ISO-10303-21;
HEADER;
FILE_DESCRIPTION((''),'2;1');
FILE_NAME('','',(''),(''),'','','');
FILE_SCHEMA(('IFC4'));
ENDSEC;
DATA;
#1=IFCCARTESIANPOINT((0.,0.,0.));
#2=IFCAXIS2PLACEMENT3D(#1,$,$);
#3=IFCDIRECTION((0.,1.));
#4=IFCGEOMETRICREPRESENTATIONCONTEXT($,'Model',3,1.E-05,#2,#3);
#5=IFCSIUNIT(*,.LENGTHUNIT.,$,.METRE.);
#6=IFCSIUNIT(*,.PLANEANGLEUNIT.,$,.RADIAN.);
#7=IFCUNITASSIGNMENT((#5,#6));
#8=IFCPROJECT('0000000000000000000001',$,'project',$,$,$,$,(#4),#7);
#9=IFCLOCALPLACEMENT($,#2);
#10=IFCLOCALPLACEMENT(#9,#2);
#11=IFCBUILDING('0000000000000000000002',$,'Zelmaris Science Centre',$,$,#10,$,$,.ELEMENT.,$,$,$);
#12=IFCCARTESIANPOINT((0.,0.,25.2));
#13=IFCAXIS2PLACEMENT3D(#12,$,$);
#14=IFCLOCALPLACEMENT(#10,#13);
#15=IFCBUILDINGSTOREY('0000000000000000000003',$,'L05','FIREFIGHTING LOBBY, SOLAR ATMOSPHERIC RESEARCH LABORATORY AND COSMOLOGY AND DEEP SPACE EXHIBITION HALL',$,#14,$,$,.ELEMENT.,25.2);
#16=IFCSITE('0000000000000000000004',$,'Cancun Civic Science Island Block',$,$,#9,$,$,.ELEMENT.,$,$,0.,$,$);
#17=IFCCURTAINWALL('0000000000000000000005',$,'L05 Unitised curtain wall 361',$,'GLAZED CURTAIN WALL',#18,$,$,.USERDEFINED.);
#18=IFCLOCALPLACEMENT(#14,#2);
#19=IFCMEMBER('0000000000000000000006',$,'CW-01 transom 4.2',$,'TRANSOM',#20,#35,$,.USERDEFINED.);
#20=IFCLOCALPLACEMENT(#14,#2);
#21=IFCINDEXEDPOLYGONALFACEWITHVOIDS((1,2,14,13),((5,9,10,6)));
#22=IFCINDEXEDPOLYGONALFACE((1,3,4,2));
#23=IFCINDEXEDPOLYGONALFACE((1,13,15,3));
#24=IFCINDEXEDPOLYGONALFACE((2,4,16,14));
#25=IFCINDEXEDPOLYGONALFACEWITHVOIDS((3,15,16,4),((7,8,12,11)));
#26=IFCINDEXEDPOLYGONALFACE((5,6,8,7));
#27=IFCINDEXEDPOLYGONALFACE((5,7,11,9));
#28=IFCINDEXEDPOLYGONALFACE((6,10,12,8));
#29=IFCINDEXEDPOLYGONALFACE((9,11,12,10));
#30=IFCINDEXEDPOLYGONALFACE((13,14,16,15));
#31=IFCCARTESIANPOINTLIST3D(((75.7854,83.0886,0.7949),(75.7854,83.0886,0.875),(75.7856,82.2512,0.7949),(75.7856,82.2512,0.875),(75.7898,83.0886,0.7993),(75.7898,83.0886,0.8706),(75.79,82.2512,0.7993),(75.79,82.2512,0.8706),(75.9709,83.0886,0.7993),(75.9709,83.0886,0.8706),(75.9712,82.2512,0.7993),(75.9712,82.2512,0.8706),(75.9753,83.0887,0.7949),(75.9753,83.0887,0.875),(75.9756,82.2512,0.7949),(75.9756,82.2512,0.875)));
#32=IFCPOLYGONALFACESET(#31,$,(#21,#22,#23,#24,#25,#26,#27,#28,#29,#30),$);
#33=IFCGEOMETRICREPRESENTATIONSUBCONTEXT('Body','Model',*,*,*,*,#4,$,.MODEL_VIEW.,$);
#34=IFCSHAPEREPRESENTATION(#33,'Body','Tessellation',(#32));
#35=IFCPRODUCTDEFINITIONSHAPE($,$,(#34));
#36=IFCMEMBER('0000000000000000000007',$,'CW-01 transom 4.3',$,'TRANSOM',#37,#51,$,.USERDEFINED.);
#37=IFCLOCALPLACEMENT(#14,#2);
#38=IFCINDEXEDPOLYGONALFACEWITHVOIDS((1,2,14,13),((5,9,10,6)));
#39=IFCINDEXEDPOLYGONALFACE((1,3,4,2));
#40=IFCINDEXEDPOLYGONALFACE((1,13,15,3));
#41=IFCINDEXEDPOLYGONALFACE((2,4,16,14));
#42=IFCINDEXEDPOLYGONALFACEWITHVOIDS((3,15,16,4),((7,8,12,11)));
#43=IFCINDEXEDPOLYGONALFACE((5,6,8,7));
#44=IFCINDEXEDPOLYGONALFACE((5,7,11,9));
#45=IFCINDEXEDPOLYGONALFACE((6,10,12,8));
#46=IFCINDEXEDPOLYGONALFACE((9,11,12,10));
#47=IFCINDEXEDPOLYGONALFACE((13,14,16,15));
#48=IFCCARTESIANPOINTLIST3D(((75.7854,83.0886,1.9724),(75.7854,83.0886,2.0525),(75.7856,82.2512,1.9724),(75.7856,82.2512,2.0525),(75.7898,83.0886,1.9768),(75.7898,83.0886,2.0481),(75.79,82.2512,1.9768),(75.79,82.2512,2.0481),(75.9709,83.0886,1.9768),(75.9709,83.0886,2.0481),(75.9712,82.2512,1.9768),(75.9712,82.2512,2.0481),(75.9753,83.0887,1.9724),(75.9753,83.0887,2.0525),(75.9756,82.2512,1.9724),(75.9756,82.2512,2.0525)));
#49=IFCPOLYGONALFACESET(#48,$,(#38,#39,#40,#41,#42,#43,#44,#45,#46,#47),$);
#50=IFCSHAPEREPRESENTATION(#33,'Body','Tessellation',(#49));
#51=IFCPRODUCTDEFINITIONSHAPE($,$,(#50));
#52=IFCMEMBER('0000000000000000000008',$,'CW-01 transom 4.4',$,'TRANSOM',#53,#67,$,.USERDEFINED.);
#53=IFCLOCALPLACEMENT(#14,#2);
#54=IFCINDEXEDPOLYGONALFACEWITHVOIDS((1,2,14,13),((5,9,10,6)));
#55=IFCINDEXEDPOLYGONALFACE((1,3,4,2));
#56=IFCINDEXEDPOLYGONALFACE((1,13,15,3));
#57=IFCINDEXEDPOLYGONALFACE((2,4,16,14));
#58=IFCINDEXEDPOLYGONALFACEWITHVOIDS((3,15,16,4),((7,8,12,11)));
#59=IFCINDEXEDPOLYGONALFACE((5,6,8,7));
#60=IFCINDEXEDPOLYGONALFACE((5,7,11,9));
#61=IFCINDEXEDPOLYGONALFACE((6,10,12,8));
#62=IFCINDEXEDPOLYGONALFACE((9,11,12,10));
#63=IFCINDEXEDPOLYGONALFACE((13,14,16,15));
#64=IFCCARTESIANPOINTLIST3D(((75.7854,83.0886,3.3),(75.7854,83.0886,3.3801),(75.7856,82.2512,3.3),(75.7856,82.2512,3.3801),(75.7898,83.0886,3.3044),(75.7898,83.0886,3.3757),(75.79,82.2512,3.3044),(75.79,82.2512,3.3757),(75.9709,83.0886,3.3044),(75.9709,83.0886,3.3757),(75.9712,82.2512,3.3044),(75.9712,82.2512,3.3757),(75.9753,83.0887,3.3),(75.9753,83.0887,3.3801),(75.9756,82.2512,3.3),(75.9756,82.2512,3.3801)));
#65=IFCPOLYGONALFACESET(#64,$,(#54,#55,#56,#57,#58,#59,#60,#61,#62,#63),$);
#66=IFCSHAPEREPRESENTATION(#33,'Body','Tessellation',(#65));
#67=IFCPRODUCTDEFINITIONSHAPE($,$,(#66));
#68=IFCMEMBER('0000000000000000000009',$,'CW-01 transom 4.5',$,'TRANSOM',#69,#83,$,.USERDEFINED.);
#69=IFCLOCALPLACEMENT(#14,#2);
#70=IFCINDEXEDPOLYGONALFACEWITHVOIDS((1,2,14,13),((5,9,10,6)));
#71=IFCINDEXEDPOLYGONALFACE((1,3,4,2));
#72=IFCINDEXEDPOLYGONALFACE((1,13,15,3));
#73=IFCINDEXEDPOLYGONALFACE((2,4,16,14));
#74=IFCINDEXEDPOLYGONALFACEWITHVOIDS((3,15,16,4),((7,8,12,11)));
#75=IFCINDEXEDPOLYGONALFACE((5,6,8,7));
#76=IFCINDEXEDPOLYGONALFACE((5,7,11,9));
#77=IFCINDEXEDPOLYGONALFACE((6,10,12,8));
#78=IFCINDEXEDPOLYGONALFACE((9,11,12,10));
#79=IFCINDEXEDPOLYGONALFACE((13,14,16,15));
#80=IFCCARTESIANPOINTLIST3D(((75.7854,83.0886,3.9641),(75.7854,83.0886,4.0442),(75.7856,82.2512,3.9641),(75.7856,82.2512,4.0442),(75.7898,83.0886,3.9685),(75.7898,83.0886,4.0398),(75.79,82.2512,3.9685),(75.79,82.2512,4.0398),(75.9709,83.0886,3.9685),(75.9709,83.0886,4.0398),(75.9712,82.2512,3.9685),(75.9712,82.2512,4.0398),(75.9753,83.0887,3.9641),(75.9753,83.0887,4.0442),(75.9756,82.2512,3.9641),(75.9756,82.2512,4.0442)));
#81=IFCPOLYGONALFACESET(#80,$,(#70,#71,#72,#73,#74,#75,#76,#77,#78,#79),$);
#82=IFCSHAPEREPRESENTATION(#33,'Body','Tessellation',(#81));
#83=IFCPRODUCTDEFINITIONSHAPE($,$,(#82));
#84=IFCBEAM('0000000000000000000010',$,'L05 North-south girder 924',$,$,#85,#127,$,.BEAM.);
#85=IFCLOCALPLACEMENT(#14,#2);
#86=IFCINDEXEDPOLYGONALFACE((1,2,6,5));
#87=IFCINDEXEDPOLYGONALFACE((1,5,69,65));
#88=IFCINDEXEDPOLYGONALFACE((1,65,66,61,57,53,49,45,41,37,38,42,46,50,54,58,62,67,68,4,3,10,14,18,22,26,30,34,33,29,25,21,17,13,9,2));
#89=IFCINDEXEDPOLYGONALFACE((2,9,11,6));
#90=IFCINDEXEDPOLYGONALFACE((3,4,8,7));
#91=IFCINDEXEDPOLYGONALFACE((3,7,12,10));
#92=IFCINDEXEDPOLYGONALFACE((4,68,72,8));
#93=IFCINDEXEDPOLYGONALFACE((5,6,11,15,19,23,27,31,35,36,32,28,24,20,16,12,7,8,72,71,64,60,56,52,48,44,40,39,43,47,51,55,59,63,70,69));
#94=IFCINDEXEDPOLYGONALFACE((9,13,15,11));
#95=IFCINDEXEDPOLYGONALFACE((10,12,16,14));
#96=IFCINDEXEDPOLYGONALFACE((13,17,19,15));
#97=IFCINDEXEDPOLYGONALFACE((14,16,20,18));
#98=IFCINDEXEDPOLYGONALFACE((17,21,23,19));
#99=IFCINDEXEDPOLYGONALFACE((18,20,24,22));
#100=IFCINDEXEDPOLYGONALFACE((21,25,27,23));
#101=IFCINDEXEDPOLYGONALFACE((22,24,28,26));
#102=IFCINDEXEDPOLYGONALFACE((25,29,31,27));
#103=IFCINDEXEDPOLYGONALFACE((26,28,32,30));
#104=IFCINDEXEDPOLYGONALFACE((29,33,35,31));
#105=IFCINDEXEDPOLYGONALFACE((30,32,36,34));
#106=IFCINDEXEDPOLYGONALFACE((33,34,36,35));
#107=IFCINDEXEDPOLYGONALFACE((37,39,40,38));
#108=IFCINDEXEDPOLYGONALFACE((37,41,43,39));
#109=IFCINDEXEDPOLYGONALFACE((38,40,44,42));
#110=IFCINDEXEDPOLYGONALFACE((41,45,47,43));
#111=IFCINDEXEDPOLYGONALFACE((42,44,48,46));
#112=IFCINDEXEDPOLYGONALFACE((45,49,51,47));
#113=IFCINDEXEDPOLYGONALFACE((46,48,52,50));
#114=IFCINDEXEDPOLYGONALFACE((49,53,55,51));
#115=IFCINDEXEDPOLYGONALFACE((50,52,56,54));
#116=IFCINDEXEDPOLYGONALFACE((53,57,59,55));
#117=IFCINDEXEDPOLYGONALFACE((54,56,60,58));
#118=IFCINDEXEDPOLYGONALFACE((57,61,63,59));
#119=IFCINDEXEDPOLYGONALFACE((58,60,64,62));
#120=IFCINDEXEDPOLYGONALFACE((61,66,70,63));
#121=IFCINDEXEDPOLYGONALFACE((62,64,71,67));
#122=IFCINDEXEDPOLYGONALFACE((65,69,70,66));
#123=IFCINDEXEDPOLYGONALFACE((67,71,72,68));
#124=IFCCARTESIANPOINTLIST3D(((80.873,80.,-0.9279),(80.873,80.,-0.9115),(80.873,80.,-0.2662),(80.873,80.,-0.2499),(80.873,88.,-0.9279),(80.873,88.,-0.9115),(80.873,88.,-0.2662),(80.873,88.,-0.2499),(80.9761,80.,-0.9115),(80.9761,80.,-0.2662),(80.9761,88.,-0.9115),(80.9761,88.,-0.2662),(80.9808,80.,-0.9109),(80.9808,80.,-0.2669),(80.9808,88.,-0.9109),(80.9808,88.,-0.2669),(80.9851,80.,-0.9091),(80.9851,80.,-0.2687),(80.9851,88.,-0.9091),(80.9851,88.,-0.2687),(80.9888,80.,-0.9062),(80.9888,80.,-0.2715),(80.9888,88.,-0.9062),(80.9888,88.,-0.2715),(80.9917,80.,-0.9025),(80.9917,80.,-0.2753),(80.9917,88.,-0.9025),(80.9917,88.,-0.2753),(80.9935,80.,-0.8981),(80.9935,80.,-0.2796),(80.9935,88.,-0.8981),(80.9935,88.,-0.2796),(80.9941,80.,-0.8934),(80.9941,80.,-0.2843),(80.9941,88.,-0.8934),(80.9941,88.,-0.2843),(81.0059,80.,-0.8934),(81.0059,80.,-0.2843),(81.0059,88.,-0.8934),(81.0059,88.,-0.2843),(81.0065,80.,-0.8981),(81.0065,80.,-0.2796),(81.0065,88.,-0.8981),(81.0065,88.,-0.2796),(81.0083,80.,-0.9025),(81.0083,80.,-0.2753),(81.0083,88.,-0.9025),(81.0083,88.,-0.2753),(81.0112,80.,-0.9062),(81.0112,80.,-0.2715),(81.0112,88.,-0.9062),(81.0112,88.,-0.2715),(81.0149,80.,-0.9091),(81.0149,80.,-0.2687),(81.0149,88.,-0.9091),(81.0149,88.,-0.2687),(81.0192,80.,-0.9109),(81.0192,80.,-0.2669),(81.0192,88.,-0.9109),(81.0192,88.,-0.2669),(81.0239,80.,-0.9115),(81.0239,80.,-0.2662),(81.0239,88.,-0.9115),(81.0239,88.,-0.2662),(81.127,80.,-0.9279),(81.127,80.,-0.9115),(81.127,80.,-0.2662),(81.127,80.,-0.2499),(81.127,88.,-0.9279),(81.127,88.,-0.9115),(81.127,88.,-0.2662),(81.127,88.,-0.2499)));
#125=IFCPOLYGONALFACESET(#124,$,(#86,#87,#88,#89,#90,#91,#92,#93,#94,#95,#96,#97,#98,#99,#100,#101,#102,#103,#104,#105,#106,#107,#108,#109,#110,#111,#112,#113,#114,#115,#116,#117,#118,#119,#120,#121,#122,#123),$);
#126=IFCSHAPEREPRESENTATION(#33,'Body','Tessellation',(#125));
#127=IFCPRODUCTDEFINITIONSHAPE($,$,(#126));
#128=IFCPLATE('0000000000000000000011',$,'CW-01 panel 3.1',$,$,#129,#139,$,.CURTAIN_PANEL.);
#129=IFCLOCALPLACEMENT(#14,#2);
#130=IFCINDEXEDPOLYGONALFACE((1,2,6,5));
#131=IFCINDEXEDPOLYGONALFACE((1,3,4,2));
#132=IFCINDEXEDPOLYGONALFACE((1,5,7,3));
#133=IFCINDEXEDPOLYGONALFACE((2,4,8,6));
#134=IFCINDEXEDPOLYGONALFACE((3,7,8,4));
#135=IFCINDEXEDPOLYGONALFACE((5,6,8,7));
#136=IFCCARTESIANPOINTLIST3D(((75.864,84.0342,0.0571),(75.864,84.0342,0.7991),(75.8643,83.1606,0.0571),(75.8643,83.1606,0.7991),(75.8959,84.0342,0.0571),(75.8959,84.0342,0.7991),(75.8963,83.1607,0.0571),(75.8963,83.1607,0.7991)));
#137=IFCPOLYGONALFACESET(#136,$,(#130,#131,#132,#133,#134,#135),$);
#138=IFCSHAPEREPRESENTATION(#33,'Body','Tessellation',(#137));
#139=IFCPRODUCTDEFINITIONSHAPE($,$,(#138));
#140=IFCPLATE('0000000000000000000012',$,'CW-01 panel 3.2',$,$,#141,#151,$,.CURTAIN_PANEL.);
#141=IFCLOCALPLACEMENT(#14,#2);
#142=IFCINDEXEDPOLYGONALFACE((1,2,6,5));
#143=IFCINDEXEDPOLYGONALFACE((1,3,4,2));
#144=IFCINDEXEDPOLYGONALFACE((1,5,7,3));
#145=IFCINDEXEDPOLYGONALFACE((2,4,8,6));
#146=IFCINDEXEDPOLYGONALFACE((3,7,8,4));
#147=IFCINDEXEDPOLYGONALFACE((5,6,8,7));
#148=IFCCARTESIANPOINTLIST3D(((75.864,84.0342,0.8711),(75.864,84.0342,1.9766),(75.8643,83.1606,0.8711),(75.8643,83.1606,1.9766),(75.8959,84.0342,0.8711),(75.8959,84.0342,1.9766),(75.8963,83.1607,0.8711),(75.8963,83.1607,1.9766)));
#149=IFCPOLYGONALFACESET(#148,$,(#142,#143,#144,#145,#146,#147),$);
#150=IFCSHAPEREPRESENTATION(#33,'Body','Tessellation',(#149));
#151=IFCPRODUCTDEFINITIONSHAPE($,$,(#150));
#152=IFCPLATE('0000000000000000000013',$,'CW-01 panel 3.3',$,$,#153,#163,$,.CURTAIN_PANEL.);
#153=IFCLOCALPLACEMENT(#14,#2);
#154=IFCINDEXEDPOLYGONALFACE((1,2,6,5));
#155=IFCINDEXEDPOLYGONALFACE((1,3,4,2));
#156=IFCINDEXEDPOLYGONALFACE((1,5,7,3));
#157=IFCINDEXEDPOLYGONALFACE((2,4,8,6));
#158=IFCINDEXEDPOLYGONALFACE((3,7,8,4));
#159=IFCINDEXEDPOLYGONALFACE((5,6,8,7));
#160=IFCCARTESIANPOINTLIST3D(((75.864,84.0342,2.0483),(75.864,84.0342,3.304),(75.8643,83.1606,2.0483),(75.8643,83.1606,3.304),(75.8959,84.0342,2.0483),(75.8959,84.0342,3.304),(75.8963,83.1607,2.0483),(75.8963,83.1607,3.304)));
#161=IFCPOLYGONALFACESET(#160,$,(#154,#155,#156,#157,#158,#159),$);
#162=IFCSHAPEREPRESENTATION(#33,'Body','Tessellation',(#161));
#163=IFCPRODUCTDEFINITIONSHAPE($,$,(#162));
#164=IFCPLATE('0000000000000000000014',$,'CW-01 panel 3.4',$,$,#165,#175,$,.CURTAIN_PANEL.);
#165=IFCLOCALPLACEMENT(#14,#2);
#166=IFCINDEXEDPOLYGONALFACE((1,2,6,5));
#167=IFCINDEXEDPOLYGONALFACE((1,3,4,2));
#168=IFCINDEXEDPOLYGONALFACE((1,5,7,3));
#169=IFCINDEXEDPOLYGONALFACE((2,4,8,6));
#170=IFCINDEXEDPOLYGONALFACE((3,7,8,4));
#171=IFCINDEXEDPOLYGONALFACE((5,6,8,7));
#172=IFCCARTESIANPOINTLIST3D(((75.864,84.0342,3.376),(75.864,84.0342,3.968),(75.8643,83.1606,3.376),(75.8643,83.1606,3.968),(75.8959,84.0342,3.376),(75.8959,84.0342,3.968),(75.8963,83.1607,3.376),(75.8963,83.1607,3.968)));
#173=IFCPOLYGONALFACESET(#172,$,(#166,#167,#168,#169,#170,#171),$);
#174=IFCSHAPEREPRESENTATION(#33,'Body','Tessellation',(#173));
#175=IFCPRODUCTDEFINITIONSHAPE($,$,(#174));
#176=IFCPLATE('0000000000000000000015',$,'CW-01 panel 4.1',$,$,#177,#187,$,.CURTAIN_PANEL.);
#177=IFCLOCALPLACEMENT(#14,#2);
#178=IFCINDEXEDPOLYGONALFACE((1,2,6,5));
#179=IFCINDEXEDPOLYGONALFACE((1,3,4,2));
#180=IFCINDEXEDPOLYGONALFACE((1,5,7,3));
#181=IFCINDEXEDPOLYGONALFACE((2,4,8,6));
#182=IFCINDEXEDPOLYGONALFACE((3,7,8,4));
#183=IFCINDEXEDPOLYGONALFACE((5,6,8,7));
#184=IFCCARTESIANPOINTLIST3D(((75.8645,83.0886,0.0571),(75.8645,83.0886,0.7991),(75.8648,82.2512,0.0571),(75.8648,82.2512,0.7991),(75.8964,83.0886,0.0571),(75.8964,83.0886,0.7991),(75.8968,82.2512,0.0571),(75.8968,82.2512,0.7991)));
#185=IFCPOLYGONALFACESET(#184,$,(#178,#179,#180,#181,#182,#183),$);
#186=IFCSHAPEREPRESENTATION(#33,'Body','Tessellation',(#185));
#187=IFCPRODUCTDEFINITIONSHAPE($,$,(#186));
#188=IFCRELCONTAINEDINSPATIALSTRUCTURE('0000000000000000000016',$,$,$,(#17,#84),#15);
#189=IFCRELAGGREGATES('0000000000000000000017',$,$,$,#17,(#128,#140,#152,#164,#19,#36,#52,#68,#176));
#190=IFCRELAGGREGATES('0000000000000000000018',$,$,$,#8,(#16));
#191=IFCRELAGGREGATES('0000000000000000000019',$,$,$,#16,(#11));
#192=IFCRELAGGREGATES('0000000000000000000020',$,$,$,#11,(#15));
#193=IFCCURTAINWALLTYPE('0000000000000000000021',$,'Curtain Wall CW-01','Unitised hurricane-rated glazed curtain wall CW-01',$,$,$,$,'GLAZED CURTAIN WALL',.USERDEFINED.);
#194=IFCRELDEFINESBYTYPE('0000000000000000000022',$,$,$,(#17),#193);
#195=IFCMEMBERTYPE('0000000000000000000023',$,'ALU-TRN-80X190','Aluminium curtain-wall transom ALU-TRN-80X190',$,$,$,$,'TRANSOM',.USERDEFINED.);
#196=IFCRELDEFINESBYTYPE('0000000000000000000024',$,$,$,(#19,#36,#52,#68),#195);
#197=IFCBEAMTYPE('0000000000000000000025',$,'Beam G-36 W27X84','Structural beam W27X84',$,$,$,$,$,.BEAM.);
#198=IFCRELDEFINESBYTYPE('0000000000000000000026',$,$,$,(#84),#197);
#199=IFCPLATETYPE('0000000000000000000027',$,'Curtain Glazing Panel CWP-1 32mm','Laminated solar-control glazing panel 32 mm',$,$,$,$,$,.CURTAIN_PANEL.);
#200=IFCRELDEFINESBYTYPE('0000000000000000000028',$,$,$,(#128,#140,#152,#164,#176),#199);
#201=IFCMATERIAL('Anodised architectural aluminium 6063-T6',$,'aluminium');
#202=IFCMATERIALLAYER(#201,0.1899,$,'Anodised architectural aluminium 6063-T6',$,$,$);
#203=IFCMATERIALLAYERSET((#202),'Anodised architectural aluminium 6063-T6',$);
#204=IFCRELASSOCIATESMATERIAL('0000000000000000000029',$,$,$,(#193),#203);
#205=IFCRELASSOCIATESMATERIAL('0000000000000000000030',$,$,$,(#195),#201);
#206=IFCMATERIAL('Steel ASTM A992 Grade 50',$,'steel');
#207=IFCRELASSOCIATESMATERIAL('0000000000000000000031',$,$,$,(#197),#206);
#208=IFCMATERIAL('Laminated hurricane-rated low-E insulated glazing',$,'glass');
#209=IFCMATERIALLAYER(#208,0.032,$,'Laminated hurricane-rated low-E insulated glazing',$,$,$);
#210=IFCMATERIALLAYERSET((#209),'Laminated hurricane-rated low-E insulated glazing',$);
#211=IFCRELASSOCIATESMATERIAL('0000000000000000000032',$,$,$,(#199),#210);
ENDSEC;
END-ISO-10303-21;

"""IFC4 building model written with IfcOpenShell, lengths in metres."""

from ifc_helpers import new_model, si_unit, direction, frame, origin, origin_2d, place, context, subcontext, project, spatial, rectangle, hollow_rectangle, i_section, extrude, material, layer, layer_set, material_profile, profile_set, type_object, element, aggregate, save


model = new_model("IFC4")

# Units and contexts
model_context = context("Model", 3, precision=1e-05, world=origin(), true_north=direction((0.0, 1.0)))
body_context = subcontext(model_context, "Body", "Model", "MODEL_VIEW")
ifc_project = project(units=[si_unit("LENGTHUNIT", "METRE"), si_unit("PLANEANGLEUNIT", "RADIAN")], contexts=[model_context])

# Site, building, storey
site_placement = place(None, origin())
site = spatial("IfcSite", under=ifc_project, at=site_placement, Name="Cancun Civic Science Island Block", CompositionType="ELEMENT", RefElevation=0.0)
building_placement = place(site_placement, origin())
building = spatial("IfcBuilding", under=site, at=building_placement, Name="Zelmaris Science Centre", CompositionType="ELEMENT")
storey_placement = place(building_placement, frame((0.0, 0.0, 25.2)))
storey = spatial("IfcBuildingStorey", under=building, at=storey_placement, Name="L05", Description="FIREFIGHTING LOBBY, SOLAR ATMOSPHERIC RESEARCH LABORATORY AND COSMOLOGY AND DEEP SPACE EXHIBITION HALL", CompositionType="ELEMENT", Elevation=25.2)

# Curtain wall
ifc_material_1 = material(Name="Anodised architectural aluminium 6063-T6", Category="aluminium")
ifc_layer_1 = layer(ifc_material_1, 0.1899, Name="Anodised architectural aluminium 6063-T6")
ifc_layer_set_1 = layer_set([ifc_layer_1], Name="Anodised architectural aluminium 6063-T6")
curtain_wall_type_1 = type_object("IfcCurtainWallType", Name="Curtain Wall CW-01", Description="Unitised hurricane-rated glazed curtain wall CW-01", ElementType="GLAZED CURTAIN WALL", PredefinedType="USERDEFINED", material=ifc_layer_set_1)
curtain_wall_1_placement = place(storey_placement, origin())
curtain_wall_1 = element("IfcCurtainWall", 1, at=curtain_wall_1_placement, inside=storey, type_object=curtain_wall_type_1, Name="L05 Unitised curtain wall 361", ObjectType="GLAZED CURTAIN WALL", PredefinedType="USERDEFINED")

# Members
ifc_material_profile_1 = material_profile(ifc_material_1, hollow_rectangle(XDim=0.0801, YDim=0.1899, WallThickness=0.0044, at=origin_2d()), Name="ALU-TRN-80X190")
ifc_profile_set_1 = profile_set([ifc_material_profile_1], Name="Anodised architectural aluminium 6063-T6")
member_type_1 = type_object("IfcMemberType", Name="ALU-TRN-80X190", Description="Aluminium curtain-wall transom ALU-TRN-80X190", ElementType="TRANSOM", PredefinedType="USERDEFINED", material=ifc_profile_set_1)
member_1_placement = place(storey_placement, frame((75.8804, 83.0886, 0.835), z_axis=(0.000292, -1.0, 0.0), x_axis=(0.0, 0.0, 1.0)))
member_1 = element("IfcMember", 2, at=member_1_placement, type_object=member_type_1, Name="CW-01 transom 4.2", ObjectType="TRANSOM", PredefinedType="USERDEFINED", context=body_context, shape_type="SweptSolid", body=[
    extrude(hollow_rectangle(XDim=0.0801, YDim=0.1899, WallThickness=0.0044, at=origin_2d()), origin(), (0.0, 0.0, 1.0), 0.8374),
])
member_2_placement = place(storey_placement, frame((75.8804, 83.0886, 2.0125), z_axis=(0.000292, -1.0, 0.0), x_axis=(0.0, 0.0, 1.0)))
member_2 = element("IfcMember", 3, at=member_2_placement, type_object=member_type_1, Name="CW-01 transom 4.3", ObjectType="TRANSOM", PredefinedType="USERDEFINED", context=body_context, shape_type="SweptSolid", body=[
    extrude(hollow_rectangle(XDim=0.0801, YDim=0.1899, WallThickness=0.0044, at=origin_2d()), origin(), (0.0, 0.0, 1.0), 0.8374),
])
member_3_placement = place(storey_placement, frame((75.8804, 83.0886, 3.3401), z_axis=(0.000292, -1.0, 0.0), x_axis=(0.0, 0.0, 1.0)))
member_3 = element("IfcMember", 4, at=member_3_placement, type_object=member_type_1, Name="CW-01 transom 4.4", ObjectType="TRANSOM", PredefinedType="USERDEFINED", context=body_context, shape_type="SweptSolid", body=[
    extrude(hollow_rectangle(XDim=0.0801, YDim=0.1899, WallThickness=0.0044, at=origin_2d()), origin(), (0.0, 0.0, 1.0), 0.8374),
])
member_4_placement = place(storey_placement, frame((75.8804, 83.0886, 4.0042), z_axis=(0.000292, -1.0, 0.0), x_axis=(0.0, 0.0, 1.0)))
member_4 = element("IfcMember", 5, at=member_4_placement, type_object=member_type_1, Name="CW-01 transom 4.5", ObjectType="TRANSOM", PredefinedType="USERDEFINED", context=body_context, shape_type="SweptSolid", body=[
    extrude(hollow_rectangle(XDim=0.0801, YDim=0.1899, WallThickness=0.0044, at=origin_2d()), origin(), (0.0, 0.0, 1.0), 0.8374),
])

# Beam
ifc_material_2 = material(Name="Steel ASTM A992 Grade 50", Category="steel")
ifc_material_profile_2 = material_profile(ifc_material_2, i_section(OverallWidth=0.2539, OverallDepth=0.678, WebThickness=0.0117, FlangeThickness=0.0164, FilletRadius=0.0181, at=origin_2d()), Name="W27X84")
ifc_profile_set_2 = profile_set([ifc_material_profile_2], Name="Steel ASTM A992 Grade 50")
beam_type = type_object("IfcBeamType", Name="Beam G-36 W27X84", Description="Structural beam W27X84", PredefinedType="BEAM", material=ifc_profile_set_2)
beam_placement = place(storey_placement, frame((81.0, 80.0, -0.5889), z_axis=(0.0, 1.0, 0.0), x_axis=(-1.0, 0.0, 0.0)))
element("IfcBeam", 6, at=beam_placement, inside=storey, type_object=beam_type, Name="L05 North-south girder 924", PredefinedType="BEAM", context=body_context, shape_type="SweptSolid", body=[
    extrude(i_section(OverallWidth=0.2539, OverallDepth=0.678, WebThickness=0.0117, FlangeThickness=0.0164, FilletRadius=0.0181, at=origin_2d()), origin(), (0.0, 0.0, 1.0), 8.0),
])

# Plates
ifc_material_3 = material(Name="Laminated hurricane-rated low-E insulated glazing", Category="glass")
ifc_layer_2 = layer(ifc_material_3, 0.032, Name="Laminated hurricane-rated low-E insulated glazing")
ifc_layer_set_2 = layer_set([ifc_layer_2], Name="Laminated hurricane-rated low-E insulated glazing")
plate_type_1 = type_object("IfcPlateType", Name="Curtain Glazing Panel CWP-1 32mm", Description="Laminated solar-control glazing panel 32 mm", PredefinedType="CURTAIN_PANEL", material=ifc_layer_set_2)
plate_1_placement = place(storey_placement, frame((75.8801, 83.5974, 0.0571), z_axis=(0.0, 0.0, 1.0), x_axis=(0.000397, -1.0, 0.0)))
plate_1 = element("IfcPlate", 7, at=plate_1_placement, type_object=plate_type_1, Name="CW-01 panel 3.1", PredefinedType="CURTAIN_PANEL", context=body_context, shape_type="SweptSolid", body=[
    extrude(rectangle(XDim=0.8735, YDim=0.032, at=origin_2d()), origin(), (0.0, 0.0, 1.0), 0.7419),
])
plate_2_placement = place(storey_placement, frame((75.8801, 83.5974, 0.8711), z_axis=(0.0, 0.0, 1.0), x_axis=(0.000397, -1.0, 0.0)))
plate_2 = element("IfcPlate", 8, at=plate_2_placement, type_object=plate_type_1, Name="CW-01 panel 3.2", PredefinedType="CURTAIN_PANEL", context=body_context, shape_type="SweptSolid", body=[
    extrude(rectangle(XDim=0.8735, YDim=0.032, at=origin_2d()), origin(), (0.0, 0.0, 1.0), 1.1055),
])
plate_3_placement = place(storey_placement, frame((75.8801, 83.5974, 2.0483), z_axis=(0.0, 0.0, 1.0), x_axis=(0.000397, -1.0, 0.0)))
plate_3 = element("IfcPlate", 9, at=plate_3_placement, type_object=plate_type_1, Name="CW-01 panel 3.3", PredefinedType="CURTAIN_PANEL", context=body_context, shape_type="SweptSolid", body=[
    extrude(rectangle(XDim=0.8735, YDim=0.032, at=origin_2d()), origin(), (0.0, 0.0, 1.0), 1.2556),
])
plate_4_placement = place(storey_placement, frame((75.8801, 83.5974, 3.376), z_axis=(0.0, 0.0, 1.0), x_axis=(0.000397, -1.0, 0.0)))
plate_4 = element("IfcPlate", 10, at=plate_4_placement, type_object=plate_type_1, Name="CW-01 panel 3.4", PredefinedType="CURTAIN_PANEL", context=body_context, shape_type="SweptSolid", body=[
    extrude(rectangle(XDim=0.8735, YDim=0.032, at=origin_2d()), origin(), (0.0, 0.0, 1.0), 0.592),
])
plate_5_placement = place(storey_placement, frame((75.8806, 82.6699, 0.0571), z_axis=(0.0, 0.0, 1.0), x_axis=(0.000397, -1.0, 0.0)))
plate_5 = element("IfcPlate", 11, at=plate_5_placement, type_object=plate_type_1, Name="CW-01 panel 4.1", PredefinedType="CURTAIN_PANEL", context=body_context, shape_type="SweptSolid", body=[
    extrude(rectangle(XDim=0.8374, YDim=0.032, at=origin_2d()), origin(), (0.0, 0.0, 1.0), 0.7419),
])
aggregate(curtain_wall_1, [plate_1, plate_2, plate_3, plate_4, member_1, member_2, member_3, member_4, plate_5])

save(model, "model.ifc")
